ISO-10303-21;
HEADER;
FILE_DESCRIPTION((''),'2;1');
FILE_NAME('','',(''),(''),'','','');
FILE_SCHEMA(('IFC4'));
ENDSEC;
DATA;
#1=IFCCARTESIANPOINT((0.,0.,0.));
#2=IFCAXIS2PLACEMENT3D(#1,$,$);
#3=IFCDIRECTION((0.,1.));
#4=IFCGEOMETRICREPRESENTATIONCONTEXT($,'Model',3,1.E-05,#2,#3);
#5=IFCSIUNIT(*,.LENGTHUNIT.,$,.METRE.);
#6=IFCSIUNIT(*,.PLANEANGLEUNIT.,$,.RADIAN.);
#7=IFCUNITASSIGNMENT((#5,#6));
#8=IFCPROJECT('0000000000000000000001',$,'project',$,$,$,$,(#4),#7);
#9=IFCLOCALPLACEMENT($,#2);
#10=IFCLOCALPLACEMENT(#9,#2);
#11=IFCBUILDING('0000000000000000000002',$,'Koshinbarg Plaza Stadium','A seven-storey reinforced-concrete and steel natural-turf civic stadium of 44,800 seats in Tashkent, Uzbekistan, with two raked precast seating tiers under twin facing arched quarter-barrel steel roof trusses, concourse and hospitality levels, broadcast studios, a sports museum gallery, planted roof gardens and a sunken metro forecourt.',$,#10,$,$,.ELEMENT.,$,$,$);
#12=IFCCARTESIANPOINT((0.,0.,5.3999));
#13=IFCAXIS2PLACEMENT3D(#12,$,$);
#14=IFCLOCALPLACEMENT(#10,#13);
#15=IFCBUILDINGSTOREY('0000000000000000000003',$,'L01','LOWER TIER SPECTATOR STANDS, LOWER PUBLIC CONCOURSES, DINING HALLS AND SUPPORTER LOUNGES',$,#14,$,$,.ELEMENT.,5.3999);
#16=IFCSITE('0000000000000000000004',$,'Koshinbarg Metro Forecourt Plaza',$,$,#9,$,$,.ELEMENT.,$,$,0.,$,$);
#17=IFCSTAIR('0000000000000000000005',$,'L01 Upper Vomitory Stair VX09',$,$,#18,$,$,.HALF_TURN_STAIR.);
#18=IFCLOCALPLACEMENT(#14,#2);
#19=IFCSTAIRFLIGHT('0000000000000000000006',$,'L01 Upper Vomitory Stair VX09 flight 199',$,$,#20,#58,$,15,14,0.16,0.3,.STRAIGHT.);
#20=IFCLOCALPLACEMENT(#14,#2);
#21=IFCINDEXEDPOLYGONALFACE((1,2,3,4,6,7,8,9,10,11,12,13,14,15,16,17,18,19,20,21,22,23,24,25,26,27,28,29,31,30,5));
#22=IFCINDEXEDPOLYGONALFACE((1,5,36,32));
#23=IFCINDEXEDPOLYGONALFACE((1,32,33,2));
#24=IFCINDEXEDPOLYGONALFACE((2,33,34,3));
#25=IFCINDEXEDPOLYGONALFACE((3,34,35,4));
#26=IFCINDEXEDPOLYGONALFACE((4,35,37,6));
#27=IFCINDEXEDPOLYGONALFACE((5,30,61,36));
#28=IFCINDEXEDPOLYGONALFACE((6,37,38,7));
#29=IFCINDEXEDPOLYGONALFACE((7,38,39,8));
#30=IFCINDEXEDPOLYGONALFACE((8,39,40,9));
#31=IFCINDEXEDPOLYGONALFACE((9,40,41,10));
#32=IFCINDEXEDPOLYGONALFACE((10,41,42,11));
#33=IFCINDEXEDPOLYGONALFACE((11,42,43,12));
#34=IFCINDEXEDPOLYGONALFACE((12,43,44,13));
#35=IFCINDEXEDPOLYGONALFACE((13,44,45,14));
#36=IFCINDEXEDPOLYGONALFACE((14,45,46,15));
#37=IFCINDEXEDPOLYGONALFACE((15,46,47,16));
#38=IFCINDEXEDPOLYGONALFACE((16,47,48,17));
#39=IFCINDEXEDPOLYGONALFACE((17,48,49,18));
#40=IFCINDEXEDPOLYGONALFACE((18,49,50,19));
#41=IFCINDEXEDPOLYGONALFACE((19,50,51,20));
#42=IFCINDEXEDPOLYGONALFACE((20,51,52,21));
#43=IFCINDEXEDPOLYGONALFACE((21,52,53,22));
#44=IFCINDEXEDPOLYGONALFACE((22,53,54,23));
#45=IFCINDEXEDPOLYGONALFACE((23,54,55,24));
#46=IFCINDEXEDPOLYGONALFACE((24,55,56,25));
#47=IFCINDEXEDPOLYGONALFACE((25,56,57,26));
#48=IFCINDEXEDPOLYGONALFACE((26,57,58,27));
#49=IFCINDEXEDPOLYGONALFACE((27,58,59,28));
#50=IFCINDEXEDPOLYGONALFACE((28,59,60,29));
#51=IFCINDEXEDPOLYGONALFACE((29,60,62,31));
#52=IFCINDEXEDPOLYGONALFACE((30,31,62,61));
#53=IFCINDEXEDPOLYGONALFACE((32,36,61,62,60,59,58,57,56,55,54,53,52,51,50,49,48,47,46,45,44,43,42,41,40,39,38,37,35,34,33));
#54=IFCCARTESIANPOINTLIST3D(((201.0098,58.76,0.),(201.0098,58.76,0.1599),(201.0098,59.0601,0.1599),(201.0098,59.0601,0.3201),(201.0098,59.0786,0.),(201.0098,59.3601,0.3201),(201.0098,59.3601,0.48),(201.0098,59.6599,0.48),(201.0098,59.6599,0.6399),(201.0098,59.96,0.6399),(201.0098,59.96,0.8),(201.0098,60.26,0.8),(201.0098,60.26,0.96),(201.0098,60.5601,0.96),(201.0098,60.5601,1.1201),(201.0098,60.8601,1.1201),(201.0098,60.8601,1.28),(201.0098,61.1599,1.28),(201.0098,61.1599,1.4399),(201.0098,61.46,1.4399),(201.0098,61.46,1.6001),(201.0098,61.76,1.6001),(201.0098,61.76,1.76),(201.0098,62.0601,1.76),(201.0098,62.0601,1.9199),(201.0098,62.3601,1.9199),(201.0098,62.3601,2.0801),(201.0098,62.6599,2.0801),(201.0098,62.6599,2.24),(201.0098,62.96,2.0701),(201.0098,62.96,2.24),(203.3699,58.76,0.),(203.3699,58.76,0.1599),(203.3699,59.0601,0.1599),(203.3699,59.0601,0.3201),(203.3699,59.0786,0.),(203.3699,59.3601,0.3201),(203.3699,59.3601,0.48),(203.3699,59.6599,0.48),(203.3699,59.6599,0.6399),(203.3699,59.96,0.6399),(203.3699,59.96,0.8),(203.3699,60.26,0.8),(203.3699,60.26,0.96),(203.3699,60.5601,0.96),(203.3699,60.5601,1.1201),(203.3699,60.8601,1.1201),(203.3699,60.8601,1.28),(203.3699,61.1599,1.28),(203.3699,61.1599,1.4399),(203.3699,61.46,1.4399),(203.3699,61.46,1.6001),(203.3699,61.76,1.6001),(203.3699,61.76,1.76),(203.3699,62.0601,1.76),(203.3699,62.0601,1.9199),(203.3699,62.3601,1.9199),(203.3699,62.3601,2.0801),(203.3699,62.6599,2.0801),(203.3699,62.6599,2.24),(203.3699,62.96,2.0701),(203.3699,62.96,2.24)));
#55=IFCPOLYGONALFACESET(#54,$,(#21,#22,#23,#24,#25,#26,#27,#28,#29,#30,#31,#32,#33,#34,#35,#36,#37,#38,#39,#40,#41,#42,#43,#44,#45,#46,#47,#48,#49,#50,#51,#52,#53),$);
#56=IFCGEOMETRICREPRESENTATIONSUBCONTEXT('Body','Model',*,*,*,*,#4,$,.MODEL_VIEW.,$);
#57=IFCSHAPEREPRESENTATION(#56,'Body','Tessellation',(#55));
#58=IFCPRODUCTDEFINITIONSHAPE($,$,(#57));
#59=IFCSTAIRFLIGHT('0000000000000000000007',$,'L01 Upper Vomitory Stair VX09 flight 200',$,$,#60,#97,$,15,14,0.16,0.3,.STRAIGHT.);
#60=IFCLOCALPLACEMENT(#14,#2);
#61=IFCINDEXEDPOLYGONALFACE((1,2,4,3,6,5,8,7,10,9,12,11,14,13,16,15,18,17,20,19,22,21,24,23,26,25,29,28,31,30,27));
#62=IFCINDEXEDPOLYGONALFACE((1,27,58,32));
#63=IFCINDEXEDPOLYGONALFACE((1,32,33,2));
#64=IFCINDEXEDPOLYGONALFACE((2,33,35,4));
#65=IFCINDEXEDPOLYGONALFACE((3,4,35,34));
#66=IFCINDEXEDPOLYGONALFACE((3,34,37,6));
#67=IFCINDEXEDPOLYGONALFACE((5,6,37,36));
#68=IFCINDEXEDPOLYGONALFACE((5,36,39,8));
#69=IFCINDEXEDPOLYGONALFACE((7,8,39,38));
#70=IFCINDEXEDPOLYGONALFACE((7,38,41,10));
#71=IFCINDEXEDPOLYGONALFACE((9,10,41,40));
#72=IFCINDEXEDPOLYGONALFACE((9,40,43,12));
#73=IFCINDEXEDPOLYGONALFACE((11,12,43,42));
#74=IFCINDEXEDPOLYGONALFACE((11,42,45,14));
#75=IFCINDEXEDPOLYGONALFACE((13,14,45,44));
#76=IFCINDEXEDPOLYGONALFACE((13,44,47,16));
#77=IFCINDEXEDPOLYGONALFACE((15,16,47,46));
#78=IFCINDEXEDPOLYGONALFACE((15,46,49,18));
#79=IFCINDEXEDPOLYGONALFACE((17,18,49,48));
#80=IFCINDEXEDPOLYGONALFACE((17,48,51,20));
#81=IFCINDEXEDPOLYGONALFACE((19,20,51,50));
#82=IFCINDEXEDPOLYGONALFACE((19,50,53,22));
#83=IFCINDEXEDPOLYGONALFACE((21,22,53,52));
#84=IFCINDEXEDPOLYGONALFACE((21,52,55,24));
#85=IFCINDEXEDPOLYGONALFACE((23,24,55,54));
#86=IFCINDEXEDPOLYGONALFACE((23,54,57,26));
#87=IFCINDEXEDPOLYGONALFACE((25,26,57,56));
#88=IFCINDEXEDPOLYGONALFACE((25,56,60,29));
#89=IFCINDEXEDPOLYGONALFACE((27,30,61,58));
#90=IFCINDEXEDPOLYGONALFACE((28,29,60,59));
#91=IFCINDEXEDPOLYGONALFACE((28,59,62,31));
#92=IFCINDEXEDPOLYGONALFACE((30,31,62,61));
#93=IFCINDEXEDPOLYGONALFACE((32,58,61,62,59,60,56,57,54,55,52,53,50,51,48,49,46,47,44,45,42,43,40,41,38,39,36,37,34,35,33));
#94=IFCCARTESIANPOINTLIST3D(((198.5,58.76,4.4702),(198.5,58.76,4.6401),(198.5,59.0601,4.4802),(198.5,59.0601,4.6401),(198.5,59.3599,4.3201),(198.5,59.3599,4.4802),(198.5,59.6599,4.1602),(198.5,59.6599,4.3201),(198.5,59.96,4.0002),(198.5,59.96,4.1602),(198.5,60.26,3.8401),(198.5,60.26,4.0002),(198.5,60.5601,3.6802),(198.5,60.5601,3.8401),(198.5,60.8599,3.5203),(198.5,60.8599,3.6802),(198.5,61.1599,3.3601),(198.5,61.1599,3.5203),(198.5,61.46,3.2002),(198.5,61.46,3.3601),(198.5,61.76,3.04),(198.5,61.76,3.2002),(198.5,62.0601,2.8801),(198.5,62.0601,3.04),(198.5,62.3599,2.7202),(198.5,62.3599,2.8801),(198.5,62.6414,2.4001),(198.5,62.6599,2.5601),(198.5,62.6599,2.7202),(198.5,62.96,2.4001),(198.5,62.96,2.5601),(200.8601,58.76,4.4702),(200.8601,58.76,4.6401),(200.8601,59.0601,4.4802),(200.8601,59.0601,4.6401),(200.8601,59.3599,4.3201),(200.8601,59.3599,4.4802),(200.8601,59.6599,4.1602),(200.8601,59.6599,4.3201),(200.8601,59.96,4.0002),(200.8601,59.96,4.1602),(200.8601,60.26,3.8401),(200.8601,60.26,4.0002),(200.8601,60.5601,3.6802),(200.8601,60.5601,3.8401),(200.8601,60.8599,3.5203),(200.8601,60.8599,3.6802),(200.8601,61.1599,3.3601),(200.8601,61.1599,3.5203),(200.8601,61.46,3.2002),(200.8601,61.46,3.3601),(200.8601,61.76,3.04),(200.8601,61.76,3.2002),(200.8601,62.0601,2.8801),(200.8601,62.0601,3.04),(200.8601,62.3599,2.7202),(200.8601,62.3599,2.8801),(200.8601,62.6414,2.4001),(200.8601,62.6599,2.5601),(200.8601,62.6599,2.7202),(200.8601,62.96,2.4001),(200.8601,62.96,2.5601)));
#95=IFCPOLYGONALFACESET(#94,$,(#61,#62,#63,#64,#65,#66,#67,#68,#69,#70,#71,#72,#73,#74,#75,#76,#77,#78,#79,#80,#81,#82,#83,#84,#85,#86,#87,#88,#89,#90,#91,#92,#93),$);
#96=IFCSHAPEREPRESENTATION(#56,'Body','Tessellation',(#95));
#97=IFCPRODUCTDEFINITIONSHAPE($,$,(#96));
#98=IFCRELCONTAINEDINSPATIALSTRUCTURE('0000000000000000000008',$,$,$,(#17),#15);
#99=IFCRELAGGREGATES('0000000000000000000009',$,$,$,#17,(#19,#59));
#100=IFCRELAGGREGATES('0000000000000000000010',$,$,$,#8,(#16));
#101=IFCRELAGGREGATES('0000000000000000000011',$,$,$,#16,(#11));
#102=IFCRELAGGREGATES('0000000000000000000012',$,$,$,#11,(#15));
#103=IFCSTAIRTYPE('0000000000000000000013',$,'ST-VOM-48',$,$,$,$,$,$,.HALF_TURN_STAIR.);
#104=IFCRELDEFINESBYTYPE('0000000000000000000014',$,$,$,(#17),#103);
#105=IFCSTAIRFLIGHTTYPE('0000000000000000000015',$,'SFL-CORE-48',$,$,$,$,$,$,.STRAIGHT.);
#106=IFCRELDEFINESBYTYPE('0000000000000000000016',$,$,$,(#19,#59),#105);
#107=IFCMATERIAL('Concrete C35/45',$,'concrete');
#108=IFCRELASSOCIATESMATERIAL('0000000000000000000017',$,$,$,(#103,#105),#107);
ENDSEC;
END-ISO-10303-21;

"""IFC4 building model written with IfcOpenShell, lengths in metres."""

from ifc_helpers import new_model, si_unit, direction, frame, origin, place, context, subcontext, project, spatial, polyline, outline, extrude, material, type_object, element, aggregate, save


model = new_model("IFC4")

# Units and contexts
model_context = context("Model", 3, precision=1e-05, world=origin(), true_north=direction((0.0, 1.0)))
body_context = subcontext(model_context, "Body", "Model", "MODEL_VIEW")
ifc_project = project(units=[si_unit("LENGTHUNIT", "METRE"), si_unit("PLANEANGLEUNIT", "RADIAN")], contexts=[model_context])

# Site, building, storey
site_placement = place(None, origin())
site = spatial("IfcSite", under=ifc_project, at=site_placement, Name="Koshinbarg Metro Forecourt Plaza", CompositionType="ELEMENT", RefElevation=0.0)
building_placement = place(site_placement, origin())
building = spatial("IfcBuilding", under=site, at=building_placement, Name="Koshinbarg Plaza Stadium", Description="A seven-storey reinforced-concrete and steel natural-turf civic stadium of 44,800 seats in Tashkent, Uzbekistan, with two raked precast seating tiers under twin facing arched quarter-barrel steel roof trusses, concourse and hospitality levels, broadcast studios, a sports museum gallery, planted roof gardens and a sunken metro forecourt.", CompositionType="ELEMENT")
storey_placement = place(building_placement, frame((0.0, 0.0, 5.3999)))
storey = spatial("IfcBuildingStorey", under=building, at=storey_placement, Name="L01", Description="LOWER TIER SPECTATOR STANDS, LOWER PUBLIC CONCOURSES, DINING HALLS AND SUPPORTER LOUNGES", CompositionType="ELEMENT", Elevation=5.3999)

# Stair, stair flights
ifc_material_1 = material(Name="Concrete C35/45", Category="concrete")
stair_type = type_object("IfcStairType", Name="ST-VOM-48", PredefinedType="HALF_TURN_STAIR", material=ifc_material_1)
stair_placement = place(storey_placement, origin())
stair = element("IfcStair", 1, at=stair_placement, inside=storey, type_object=stair_type, Name="L01 Upper Vomitory Stair VX09", PredefinedType="HALF_TURN_STAIR")
stair_flight_type = type_object("IfcStairFlightType", Name="SFL-CORE-48", PredefinedType="STRAIGHT", material=ifc_material_1)
stair_flight_1_placement = place(storey_placement, frame((202.1899, 58.76, 0.0), z_axis=(0.0, 0.0, 1.0), x_axis=(0.0, 1.0, 0.0)))
stair_flight_1 = element("IfcStairFlight", 2, at=stair_flight_1_placement, type_object=stair_flight_type, Name="L01 Upper Vomitory Stair VX09 flight 199", NumberOfRisers=15, NumberOfTreads=14, PredefinedType="STRAIGHT", RiserHeight=0.16, TreadLength=0.3, context=body_context, shape_type="SweptSolid", body=[
    extrude(outline(polyline([(0.0, 0.0), (0.0, 0.1599), (0.3, 0.1599), (0.3, 0.3201), (0.6001, 0.3201), (0.6001, 0.48), (0.8999, 0.48), (0.8999, 0.6399), (1.2, 0.6399), (1.2, 0.8), (1.5, 0.8), (1.5, 0.96), (1.8, 0.96), (1.8, 1.1201), (2.1001, 1.1201), (2.1001, 1.28), (2.3999, 1.28), (2.3999, 1.4399), (2.7, 1.4399), (2.7, 1.6001), (3.0, 1.6001), (3.0, 1.76), (3.3, 1.76), (3.3, 1.9199), (3.6001, 1.9199), (3.6001, 2.0801), (3.8999, 2.0801), (3.8999, 2.24), (4.2, 2.24), (4.2, 2.3999), (4.2, 2.0701), (0.3186, 0.0), (0.0, 0.0)])), frame((0.0, 1.1802, 0.0), z_axis=(0.0, -1.0, 0.0), x_axis=(1.0, 0.0, 0.0)), (0.0, 0.0, 1.0), 2.3601),
])
stair_flight_2_placement = place(storey_placement, frame((199.6799, 62.96, 2.4001), z_axis=(0.0, 0.0, 1.0), x_axis=(0.0, -1.0, 0.0)))
stair_flight_2 = element("IfcStairFlight", 3, at=stair_flight_2_placement, type_object=stair_flight_type, Name="L01 Upper Vomitory Stair VX09 flight 200", NumberOfRisers=15, NumberOfTreads=14, PredefinedType="STRAIGHT", RiserHeight=0.16, TreadLength=0.3, context=body_context, shape_type="SweptSolid", body=[
    extrude(outline(polyline([(0.0, 0.0), (0.0, 0.1599), (0.3, 0.1599), (0.3, 0.3201), (0.6001, 0.3201), (0.6001, 0.48), (0.8999, 0.48), (0.8999, 0.6399), (1.2, 0.6399), (1.2, 0.8), (1.5, 0.8), (1.5, 0.96), (1.8, 0.96), (1.8, 1.1201), (2.1001, 1.1201), (2.1001, 1.28), (2.3999, 1.28), (2.3999, 1.4399), (2.7, 1.4399), (2.7, 1.6001), (3.0, 1.6001), (3.0, 1.76), (3.3, 1.76), (3.3, 1.9199), (3.6001, 1.9199), (3.6001, 2.0801), (3.8999, 2.0801), (3.8999, 2.24), (4.2, 2.24), (4.2, 2.3999), (4.2, 2.0701), (0.3186, 0.0), (0.0, 0.0)])), frame((0.0, 1.1802, 0.0), z_axis=(0.0, -1.0, 0.0), x_axis=(1.0, 0.0, 0.0)), (0.0, 0.0, 1.0), 2.3601),
])
aggregate(stair, [stair_flight_1, stair_flight_2])

save(model, "model.ifc")
